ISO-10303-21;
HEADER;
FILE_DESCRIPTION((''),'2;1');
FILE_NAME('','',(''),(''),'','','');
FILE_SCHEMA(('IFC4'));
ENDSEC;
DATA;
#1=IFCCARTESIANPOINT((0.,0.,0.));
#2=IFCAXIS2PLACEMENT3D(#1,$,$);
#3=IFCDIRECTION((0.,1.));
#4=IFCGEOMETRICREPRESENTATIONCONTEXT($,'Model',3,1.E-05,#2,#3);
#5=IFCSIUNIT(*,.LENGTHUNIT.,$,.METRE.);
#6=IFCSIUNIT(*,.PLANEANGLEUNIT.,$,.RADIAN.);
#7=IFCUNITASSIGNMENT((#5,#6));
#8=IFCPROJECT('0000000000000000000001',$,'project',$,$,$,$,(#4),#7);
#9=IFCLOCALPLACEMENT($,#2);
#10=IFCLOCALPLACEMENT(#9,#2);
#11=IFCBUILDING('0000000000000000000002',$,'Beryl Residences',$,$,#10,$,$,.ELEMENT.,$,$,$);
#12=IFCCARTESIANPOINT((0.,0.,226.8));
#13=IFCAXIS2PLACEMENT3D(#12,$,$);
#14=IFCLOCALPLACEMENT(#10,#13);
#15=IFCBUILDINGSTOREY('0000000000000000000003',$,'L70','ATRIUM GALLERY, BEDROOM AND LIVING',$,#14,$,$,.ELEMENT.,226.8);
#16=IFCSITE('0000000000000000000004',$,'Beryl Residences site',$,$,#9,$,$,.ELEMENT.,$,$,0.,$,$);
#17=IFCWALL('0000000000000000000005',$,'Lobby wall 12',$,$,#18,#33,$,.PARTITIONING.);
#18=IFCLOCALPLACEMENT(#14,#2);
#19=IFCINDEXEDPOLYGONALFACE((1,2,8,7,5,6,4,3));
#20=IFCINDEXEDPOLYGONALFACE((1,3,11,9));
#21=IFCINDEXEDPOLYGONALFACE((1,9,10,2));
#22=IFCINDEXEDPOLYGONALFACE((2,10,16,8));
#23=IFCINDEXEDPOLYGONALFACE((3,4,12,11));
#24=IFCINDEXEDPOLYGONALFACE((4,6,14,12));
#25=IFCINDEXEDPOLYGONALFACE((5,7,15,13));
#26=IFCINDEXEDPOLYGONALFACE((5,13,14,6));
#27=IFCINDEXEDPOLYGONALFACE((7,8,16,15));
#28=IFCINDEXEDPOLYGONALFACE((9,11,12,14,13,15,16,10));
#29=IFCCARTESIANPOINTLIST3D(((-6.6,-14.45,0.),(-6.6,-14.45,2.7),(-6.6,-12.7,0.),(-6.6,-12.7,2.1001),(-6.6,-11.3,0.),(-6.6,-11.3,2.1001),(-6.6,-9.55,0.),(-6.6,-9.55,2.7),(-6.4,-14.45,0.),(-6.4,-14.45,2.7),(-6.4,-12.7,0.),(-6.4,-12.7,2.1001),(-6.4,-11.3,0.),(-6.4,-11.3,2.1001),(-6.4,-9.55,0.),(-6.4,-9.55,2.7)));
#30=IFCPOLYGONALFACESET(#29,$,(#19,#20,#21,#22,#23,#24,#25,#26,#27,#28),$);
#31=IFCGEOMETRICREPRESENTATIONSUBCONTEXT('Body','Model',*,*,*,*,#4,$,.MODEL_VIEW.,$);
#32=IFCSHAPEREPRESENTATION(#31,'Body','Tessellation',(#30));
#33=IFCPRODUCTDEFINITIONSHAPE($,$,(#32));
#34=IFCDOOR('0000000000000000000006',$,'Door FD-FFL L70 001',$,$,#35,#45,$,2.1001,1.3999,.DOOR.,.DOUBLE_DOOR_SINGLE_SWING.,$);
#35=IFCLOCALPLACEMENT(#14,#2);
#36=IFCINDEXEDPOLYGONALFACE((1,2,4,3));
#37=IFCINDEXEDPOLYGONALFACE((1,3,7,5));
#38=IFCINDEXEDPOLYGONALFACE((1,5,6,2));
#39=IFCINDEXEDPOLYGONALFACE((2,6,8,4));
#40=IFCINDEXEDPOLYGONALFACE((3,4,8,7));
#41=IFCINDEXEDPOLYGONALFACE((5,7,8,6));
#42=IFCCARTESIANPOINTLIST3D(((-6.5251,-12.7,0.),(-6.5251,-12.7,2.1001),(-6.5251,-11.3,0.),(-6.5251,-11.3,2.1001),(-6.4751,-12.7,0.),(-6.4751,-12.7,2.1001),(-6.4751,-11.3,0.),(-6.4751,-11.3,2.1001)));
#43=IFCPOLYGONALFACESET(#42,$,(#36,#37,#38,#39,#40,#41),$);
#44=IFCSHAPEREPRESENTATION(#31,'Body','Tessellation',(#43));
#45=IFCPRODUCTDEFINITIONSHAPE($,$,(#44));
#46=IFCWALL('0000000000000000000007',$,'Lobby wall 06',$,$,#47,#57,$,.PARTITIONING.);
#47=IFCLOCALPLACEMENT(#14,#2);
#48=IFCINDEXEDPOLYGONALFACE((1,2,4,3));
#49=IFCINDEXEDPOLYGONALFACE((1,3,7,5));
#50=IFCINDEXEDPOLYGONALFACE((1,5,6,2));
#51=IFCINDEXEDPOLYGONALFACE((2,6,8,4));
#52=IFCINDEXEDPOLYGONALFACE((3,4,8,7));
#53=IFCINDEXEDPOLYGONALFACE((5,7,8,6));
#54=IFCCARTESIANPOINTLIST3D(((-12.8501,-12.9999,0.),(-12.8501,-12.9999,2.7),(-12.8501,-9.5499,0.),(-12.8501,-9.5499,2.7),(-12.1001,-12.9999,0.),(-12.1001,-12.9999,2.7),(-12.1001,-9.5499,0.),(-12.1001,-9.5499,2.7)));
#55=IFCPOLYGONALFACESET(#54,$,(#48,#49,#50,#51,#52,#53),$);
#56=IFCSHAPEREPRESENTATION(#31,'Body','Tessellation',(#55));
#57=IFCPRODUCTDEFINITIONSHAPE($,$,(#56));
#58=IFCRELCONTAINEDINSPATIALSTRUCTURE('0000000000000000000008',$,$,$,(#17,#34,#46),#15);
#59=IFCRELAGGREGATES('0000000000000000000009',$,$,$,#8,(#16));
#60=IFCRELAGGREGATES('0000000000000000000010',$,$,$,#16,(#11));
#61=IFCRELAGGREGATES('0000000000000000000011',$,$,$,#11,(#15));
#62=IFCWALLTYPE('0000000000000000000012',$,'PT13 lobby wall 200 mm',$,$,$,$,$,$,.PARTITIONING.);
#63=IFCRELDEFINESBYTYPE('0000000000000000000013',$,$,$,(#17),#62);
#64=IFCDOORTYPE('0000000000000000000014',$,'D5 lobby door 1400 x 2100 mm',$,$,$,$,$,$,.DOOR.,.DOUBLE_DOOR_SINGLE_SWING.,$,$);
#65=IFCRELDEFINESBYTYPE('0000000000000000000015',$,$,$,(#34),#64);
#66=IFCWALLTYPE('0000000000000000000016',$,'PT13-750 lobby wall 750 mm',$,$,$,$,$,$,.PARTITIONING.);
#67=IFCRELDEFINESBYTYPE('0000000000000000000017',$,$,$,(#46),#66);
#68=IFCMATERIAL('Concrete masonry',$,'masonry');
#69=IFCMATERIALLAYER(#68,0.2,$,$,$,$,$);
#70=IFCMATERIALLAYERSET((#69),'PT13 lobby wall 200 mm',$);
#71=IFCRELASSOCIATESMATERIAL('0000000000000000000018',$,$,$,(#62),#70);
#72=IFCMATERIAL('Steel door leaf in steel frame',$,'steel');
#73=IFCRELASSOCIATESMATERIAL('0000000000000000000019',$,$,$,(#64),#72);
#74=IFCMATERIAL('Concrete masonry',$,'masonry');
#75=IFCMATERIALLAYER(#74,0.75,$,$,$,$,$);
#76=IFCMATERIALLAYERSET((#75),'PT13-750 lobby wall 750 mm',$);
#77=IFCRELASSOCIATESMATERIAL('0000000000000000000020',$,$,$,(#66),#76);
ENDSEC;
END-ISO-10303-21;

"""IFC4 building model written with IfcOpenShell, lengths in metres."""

from ifc_helpers import new_model, si_unit, direction, frame, frame_2d, origin, place, context, subcontext, project, spatial, rectangle, extrude, material, layer, layer_set, type_object, element, fill, save


model = new_model("IFC4")

# Units and contexts
model_context = context("Model", 3, precision=1e-05, world=origin(), true_north=direction((0.0, 1.0)))
body_context = subcontext(model_context, "Body", "Model", "MODEL_VIEW")
ifc_project = project(units=[si_unit("LENGTHUNIT", "METRE"), si_unit("PLANEANGLEUNIT", "RADIAN")], contexts=[model_context])

# Site, building, storey
site_placement = place(None, origin())
site = spatial("IfcSite", under=ifc_project, at=site_placement, Name="Beryl Residences site", CompositionType="ELEMENT", RefElevation=0.0)
building_placement = place(site_placement, origin())
building = spatial("IfcBuilding", under=site, at=building_placement, Name="Beryl Residences", CompositionType="ELEMENT")
storey_placement = place(building_placement, frame((0.0, 0.0, 226.8)))
storey = spatial("IfcBuildingStorey", under=building, at=storey_placement, Name="L70", Description="ATRIUM GALLERY, BEDROOM AND LIVING", CompositionType="ELEMENT", Elevation=226.8)

# Wall, opening, door
ifc_material_1 = material(Name="Concrete masonry", Category="masonry")
ifc_layer_1 = layer(ifc_material_1, 0.2)
ifc_layer_set_1 = layer_set([ifc_layer_1], Name="PT13 lobby wall 200 mm")
wall_type_1 = type_object("IfcWallType", Name="PT13 lobby wall 200 mm", PredefinedType="PARTITIONING", material=ifc_layer_set_1)
wall_1_placement = place(storey_placement, frame((-6.5, -14.45, 0.0), z_axis=(0.0, 0.0, 1.0), x_axis=(0.0, 1.0, 0.0)))
wall_1 = element("IfcWall", 1, at=wall_1_placement, inside=storey, type_object=wall_type_1, Name="Lobby wall 12", PredefinedType="PARTITIONING", context=body_context, shape_type="SweptSolid", body=[
    extrude(rectangle(XDim=4.8999, YDim=0.2, at=frame_2d((2.45, 0.0))), origin(), (0.0, 0.0, 1.0), 2.7),
])
opening_1_placement = place(wall_1_placement, frame((3.1499, 0.0, 0.0), z_axis=(0.0, 0.0, 1.0), x_axis=(-1.0, 0.0, 0.0)))
opening_1 = element("IfcOpeningElement", 2, at=opening_1_placement, cuts=wall_1, PredefinedType="OPENING", context=body_context, shape_type="SweptSolid", body=[
    extrude(rectangle(XDim=1.3999, YDim=2.1001, at=frame_2d((0.7, 1.05))), frame((0.0, 0.1099, 0.0), z_axis=(0.0, -1.0, 0.0), x_axis=(1.0, 0.0, 0.0)), (0.0, 0.0, 1.0), 0.22),
])
ifc_material_2 = material(Name="Steel door leaf in steel frame", Category="steel")
door_type_1 = type_object("IfcDoorType", Name="D5 lobby door 1400 x 2100 mm", OperationType="DOUBLE_DOOR_SINGLE_SWING", PredefinedType="DOOR", material=ifc_material_2)
door_1_placement = place(opening_1_placement, origin())
door_1 = element("IfcDoor", 3, at=door_1_placement, inside=storey, type_object=door_type_1, Name="Door FD-FFL L70 001", OperationType="DOUBLE_DOOR_SINGLE_SWING", OverallHeight=2.1001, OverallWidth=1.3999, PredefinedType="DOOR", context=body_context, shape_type="SweptSolid", body=[
    extrude(rectangle(XDim=1.3999, YDim=2.1001, at=frame_2d((0.7, 1.05))), frame((0.0, 0.0249, 0.0), z_axis=(0.0, -1.0, 0.0), x_axis=(1.0, 0.0, 0.0)), (0.0, 0.0, 1.0), 0.05),
])
fill(opening_1, door_1)

# Wall
ifc_material_3 = material(Name="Concrete masonry", Category="masonry")
ifc_layer_2 = layer(ifc_material_3, 0.75)
ifc_layer_set_2 = layer_set([ifc_layer_2], Name="PT13-750 lobby wall 750 mm")
wall_type_2 = type_object("IfcWallType", Name="PT13-750 lobby wall 750 mm", PredefinedType="PARTITIONING", material=ifc_layer_set_2)
wall_2_placement = place(storey_placement, frame((-12.4751, -13.0, 0.0), z_axis=(0.0, 0.0, 1.0), x_axis=(0.0, 1.0, 0.0)))
element("IfcWall", 4, at=wall_2_placement, inside=storey, type_object=wall_type_2, Name="Lobby wall 06", PredefinedType="PARTITIONING", context=body_context, shape_type="SweptSolid", body=[
    extrude(rectangle(XDim=3.45, YDim=0.75, at=frame_2d((1.7251, 0.0))), origin(), (0.0, 0.0, 1.0), 2.7),
])

save(model, "model.ifc")
